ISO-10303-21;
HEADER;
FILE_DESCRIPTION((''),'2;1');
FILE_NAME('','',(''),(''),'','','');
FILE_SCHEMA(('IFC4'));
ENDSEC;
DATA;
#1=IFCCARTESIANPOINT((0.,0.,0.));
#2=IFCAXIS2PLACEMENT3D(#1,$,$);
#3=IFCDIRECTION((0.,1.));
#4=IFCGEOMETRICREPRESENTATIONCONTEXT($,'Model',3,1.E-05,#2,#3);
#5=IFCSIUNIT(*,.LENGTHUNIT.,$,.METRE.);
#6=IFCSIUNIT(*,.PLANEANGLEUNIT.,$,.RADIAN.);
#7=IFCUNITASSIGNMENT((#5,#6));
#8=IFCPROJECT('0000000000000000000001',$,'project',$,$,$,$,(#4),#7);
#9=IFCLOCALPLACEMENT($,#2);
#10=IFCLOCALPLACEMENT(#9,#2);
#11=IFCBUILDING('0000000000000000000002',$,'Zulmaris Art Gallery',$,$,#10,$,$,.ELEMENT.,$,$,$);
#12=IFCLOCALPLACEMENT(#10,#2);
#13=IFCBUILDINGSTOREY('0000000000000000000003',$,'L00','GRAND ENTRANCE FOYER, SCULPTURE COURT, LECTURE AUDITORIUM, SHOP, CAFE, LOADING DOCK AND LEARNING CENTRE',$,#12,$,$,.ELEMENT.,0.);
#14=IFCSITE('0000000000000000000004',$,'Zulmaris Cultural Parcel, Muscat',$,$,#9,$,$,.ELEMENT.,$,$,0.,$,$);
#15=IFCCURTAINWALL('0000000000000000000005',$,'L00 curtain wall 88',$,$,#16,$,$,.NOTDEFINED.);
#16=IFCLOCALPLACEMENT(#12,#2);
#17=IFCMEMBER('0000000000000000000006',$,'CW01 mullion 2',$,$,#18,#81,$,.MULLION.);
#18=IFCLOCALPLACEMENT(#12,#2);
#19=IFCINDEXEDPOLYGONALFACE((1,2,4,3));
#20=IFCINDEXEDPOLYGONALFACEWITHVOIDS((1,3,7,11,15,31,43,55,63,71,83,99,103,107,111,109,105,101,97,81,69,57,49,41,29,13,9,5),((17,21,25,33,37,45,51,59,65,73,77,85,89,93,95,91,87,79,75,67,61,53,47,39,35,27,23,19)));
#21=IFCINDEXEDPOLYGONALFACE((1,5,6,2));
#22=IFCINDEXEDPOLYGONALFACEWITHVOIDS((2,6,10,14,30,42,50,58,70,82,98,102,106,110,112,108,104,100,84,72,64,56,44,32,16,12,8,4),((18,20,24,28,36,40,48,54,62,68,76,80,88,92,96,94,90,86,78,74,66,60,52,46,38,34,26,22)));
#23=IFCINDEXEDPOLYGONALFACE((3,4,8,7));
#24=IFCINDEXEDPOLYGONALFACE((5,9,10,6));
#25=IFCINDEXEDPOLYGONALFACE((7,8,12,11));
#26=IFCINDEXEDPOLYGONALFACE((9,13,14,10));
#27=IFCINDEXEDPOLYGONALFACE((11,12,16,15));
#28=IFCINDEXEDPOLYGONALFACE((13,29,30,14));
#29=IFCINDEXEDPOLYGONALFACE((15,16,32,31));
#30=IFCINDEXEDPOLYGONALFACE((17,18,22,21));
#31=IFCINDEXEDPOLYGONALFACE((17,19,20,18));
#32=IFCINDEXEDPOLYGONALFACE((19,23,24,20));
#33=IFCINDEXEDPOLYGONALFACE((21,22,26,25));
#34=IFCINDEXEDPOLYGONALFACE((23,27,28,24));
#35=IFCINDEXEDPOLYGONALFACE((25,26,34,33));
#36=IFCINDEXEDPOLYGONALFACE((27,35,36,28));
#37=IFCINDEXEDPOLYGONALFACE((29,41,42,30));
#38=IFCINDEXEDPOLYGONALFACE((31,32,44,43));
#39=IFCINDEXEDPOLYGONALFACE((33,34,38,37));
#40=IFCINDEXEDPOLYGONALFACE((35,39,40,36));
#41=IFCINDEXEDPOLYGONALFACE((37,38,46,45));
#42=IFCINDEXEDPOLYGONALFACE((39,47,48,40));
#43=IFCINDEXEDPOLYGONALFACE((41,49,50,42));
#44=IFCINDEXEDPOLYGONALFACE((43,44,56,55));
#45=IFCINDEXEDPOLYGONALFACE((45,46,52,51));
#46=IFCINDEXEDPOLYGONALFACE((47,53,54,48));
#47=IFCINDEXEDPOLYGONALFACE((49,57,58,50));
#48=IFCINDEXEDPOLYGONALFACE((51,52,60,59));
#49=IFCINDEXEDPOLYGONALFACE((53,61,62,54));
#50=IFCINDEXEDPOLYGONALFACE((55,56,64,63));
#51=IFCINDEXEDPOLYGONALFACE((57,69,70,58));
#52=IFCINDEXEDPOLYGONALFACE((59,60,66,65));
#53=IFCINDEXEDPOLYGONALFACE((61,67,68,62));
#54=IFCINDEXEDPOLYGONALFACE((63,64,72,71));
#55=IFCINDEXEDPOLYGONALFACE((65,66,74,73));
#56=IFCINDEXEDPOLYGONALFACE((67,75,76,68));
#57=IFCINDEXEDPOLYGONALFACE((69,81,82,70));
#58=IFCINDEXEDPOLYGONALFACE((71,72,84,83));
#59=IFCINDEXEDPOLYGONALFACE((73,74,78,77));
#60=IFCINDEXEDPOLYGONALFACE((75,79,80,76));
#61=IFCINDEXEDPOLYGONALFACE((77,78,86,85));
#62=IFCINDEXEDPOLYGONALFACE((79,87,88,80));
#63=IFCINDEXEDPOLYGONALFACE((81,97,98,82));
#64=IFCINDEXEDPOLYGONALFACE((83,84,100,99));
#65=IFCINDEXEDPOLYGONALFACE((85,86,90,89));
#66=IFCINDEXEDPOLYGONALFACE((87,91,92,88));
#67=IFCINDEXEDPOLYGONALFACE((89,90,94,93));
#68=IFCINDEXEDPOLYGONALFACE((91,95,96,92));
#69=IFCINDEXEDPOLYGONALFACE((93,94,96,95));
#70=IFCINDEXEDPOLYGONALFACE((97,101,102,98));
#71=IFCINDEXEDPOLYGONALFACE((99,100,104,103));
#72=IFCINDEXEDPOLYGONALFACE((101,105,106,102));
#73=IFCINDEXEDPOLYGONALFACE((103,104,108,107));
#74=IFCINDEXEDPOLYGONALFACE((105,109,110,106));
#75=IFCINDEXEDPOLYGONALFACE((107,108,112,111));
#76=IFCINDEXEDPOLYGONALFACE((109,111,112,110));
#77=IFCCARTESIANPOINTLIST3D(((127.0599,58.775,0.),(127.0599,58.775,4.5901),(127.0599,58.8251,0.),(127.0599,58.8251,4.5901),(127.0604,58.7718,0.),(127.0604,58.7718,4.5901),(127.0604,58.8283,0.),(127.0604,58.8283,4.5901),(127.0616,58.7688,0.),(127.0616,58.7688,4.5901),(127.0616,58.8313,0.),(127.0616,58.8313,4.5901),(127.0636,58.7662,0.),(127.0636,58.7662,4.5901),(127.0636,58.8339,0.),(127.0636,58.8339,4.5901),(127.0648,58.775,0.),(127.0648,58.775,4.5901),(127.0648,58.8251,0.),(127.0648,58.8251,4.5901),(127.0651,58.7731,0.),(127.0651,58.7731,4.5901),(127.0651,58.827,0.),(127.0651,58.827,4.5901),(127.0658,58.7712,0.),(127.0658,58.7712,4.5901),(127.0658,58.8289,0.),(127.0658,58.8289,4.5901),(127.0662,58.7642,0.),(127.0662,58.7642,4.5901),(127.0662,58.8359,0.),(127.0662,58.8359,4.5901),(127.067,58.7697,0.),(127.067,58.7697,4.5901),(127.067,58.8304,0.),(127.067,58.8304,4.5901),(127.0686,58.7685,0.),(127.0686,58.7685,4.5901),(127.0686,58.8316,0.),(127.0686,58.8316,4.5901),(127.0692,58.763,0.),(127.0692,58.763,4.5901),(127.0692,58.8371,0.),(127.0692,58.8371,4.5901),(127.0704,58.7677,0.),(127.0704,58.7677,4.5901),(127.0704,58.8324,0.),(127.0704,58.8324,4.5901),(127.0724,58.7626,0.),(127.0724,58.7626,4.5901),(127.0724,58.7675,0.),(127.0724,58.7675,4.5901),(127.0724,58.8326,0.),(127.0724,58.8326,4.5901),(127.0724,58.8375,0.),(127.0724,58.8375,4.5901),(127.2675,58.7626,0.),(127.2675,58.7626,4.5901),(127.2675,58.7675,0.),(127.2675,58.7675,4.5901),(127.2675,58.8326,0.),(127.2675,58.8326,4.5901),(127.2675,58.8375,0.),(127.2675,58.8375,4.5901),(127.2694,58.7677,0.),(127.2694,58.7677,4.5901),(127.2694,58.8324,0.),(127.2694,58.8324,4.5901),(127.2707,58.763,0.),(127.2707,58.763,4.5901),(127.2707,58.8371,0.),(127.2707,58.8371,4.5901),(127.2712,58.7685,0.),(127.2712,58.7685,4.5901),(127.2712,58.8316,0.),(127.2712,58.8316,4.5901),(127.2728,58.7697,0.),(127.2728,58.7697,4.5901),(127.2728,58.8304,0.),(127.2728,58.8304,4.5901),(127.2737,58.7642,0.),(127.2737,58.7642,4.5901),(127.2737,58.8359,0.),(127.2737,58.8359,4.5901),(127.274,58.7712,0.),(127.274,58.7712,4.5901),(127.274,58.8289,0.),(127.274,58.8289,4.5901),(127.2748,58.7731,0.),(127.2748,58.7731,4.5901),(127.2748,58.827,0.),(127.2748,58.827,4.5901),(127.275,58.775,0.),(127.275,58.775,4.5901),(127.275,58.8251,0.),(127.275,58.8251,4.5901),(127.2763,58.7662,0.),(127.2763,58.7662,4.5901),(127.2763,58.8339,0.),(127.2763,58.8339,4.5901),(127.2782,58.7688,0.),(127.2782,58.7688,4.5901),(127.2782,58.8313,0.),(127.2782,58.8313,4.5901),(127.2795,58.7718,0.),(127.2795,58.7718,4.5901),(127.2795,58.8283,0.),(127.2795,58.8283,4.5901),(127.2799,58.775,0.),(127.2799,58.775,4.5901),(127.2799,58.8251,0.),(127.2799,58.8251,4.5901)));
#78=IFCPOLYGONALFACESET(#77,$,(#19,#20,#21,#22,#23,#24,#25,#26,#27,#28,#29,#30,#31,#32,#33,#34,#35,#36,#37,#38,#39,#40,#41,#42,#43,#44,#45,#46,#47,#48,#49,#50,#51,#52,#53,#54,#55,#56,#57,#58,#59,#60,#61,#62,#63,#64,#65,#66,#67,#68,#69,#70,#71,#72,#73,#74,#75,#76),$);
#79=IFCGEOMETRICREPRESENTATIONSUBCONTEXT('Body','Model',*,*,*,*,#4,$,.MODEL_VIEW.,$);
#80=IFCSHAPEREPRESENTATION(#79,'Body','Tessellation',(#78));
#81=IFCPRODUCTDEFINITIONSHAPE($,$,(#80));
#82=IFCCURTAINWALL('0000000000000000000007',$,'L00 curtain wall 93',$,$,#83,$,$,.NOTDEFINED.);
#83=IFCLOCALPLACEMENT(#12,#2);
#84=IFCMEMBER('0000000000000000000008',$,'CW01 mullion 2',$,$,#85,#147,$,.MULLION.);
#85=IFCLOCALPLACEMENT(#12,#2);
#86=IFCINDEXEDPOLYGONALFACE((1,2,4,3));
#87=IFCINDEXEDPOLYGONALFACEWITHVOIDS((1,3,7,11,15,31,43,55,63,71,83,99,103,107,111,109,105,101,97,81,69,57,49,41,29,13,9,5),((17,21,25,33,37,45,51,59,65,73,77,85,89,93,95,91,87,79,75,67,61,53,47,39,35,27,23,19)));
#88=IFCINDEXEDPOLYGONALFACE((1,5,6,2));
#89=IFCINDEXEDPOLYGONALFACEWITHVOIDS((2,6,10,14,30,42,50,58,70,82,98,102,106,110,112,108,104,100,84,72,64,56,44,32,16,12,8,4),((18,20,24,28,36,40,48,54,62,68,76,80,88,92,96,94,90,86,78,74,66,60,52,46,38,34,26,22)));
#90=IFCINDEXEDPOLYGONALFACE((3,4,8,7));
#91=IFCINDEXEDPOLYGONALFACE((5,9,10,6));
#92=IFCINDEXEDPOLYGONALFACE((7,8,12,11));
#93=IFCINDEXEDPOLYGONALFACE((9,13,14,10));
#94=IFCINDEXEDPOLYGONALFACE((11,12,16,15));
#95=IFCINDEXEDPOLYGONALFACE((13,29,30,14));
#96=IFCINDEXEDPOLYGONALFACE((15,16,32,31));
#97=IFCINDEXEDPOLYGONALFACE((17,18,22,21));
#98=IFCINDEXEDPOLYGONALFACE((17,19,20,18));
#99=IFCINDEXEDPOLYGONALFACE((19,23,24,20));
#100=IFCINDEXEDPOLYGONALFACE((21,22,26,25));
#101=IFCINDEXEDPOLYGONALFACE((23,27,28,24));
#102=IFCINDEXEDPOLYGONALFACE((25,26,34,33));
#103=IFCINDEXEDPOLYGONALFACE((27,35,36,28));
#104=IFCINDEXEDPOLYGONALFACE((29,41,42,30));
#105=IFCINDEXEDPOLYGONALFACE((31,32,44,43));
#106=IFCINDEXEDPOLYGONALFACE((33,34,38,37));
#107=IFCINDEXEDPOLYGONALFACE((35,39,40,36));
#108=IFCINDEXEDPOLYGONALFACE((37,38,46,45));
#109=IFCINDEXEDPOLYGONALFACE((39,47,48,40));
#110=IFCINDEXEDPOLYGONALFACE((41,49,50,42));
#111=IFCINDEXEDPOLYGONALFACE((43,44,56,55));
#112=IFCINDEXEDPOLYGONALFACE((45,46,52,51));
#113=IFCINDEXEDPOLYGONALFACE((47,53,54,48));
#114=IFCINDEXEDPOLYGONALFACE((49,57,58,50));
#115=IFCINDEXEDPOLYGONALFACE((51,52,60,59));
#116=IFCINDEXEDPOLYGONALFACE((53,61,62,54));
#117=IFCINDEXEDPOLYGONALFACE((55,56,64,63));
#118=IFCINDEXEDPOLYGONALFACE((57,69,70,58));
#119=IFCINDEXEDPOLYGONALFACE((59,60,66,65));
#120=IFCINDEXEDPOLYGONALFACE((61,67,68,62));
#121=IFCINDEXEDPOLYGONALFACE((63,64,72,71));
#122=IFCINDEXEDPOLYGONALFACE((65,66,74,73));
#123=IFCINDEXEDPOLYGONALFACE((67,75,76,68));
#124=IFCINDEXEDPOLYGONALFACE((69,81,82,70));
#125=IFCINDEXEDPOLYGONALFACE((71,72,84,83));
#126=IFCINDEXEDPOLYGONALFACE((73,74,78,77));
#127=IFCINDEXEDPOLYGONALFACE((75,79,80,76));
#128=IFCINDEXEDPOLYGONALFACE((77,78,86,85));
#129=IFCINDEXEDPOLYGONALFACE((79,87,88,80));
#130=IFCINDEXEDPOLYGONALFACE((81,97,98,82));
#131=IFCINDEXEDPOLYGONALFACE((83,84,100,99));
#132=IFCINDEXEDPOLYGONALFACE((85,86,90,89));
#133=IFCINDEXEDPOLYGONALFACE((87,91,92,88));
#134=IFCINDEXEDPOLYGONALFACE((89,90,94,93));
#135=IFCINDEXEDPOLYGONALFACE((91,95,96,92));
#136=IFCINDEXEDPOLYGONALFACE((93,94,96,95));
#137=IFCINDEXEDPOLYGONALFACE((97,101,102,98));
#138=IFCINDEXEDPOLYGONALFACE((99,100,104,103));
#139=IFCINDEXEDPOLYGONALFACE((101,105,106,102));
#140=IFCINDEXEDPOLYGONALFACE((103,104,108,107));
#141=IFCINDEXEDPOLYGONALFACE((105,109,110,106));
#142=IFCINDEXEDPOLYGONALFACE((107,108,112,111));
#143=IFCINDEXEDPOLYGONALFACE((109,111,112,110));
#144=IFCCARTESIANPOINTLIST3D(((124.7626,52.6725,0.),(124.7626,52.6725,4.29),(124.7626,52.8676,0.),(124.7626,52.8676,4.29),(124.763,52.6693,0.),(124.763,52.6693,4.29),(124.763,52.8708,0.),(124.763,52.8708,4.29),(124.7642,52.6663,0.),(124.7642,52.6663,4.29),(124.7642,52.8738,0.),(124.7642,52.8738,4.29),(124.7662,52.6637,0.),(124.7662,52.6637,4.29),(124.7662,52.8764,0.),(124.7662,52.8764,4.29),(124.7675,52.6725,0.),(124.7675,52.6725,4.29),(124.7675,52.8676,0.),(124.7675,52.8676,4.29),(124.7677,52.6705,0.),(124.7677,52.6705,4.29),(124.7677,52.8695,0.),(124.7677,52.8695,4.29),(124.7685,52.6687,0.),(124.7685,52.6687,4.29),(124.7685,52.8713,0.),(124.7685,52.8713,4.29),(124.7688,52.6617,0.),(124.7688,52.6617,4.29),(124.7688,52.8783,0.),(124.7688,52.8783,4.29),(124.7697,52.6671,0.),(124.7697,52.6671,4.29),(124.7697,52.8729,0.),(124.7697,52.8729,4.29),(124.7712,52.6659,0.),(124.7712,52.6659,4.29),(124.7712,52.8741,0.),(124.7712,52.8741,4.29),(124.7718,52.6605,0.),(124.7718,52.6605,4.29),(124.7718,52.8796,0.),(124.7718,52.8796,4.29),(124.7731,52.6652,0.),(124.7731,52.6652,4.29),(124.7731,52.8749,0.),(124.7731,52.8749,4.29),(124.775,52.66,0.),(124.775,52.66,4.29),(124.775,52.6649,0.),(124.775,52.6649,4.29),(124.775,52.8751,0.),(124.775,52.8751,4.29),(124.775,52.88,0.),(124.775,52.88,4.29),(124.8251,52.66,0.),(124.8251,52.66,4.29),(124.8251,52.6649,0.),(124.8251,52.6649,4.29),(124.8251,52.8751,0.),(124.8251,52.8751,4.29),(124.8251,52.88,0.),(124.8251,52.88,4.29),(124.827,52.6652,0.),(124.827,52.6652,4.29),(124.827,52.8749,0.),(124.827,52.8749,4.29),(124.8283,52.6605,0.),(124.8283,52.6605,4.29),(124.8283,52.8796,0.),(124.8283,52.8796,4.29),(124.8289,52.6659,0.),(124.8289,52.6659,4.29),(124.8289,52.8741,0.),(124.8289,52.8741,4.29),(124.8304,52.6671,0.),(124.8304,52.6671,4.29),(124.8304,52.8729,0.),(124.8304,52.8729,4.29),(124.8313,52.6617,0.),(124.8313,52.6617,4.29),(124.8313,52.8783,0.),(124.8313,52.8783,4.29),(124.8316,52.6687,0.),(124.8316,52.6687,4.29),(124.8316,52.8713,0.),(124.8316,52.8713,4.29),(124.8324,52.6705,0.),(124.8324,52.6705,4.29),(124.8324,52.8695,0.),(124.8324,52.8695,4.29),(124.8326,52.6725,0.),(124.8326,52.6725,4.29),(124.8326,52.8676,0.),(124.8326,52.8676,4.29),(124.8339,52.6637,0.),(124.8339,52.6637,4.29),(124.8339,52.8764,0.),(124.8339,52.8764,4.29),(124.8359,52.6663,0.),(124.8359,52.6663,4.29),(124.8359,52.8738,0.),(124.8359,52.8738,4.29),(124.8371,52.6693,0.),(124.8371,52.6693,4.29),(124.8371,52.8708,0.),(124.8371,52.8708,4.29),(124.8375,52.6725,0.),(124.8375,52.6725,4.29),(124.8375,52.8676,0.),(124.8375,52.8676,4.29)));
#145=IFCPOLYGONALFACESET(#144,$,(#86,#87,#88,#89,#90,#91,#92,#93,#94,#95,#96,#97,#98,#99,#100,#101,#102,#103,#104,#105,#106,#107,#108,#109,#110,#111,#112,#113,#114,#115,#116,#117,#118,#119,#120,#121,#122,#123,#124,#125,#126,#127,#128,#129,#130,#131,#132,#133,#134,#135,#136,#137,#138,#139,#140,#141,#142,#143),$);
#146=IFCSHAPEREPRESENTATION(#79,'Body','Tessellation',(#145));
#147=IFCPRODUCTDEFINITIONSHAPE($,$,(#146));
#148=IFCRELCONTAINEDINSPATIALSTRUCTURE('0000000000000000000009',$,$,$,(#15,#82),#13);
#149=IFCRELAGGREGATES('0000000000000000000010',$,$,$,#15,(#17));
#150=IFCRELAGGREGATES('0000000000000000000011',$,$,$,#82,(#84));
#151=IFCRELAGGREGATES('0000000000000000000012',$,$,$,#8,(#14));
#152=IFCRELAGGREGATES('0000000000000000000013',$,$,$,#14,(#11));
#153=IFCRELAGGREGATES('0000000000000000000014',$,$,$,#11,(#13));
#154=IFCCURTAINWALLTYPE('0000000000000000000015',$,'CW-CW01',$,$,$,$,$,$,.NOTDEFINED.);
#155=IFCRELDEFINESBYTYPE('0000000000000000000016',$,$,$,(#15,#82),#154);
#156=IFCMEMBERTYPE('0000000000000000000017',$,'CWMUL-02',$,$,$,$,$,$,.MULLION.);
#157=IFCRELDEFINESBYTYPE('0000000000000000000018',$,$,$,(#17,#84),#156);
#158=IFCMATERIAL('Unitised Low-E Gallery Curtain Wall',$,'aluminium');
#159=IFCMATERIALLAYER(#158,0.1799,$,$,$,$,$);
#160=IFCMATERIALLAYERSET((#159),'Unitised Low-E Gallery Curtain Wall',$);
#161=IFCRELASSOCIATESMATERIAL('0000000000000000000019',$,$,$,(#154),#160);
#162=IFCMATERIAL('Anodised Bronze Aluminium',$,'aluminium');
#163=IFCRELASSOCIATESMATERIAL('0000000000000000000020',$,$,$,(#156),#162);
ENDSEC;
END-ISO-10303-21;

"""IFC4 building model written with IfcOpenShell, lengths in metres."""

from ifc_helpers import new_model, si_unit, direction, frame, origin, origin_2d, place, context, subcontext, project, spatial, hollow_rectangle, extrude, material, layer, layer_set, material_profile, profile_set, type_object, element, aggregate, save


model = new_model("IFC4")

# Units and contexts
model_context = context("Model", 3, precision=1e-05, world=origin(), true_north=direction((0.0, 1.0)))
body_context = subcontext(model_context, "Body", "Model", "MODEL_VIEW")
ifc_project = project(units=[si_unit("LENGTHUNIT", "METRE"), si_unit("PLANEANGLEUNIT", "RADIAN")], contexts=[model_context])

# Site, building, storey
site_placement = place(None, origin())
site = spatial("IfcSite", under=ifc_project, at=site_placement, Name="Zulmaris Cultural Parcel, Muscat", CompositionType="ELEMENT", RefElevation=0.0)
building_placement = place(site_placement, origin())
building = spatial("IfcBuilding", under=site, at=building_placement, Name="Zulmaris Art Gallery", CompositionType="ELEMENT")
storey_placement = place(building_placement, origin())
storey = spatial("IfcBuildingStorey", under=building, at=storey_placement, Name="L00", Description="GRAND ENTRANCE FOYER, SCULPTURE COURT, LECTURE AUDITORIUM, SHOP, CAFE, LOADING DOCK AND LEARNING CENTRE", CompositionType="ELEMENT", Elevation=0.0)

# Curtain walls, members
ifc_material_1 = material(Name="Unitised Low-E Gallery Curtain Wall", Category="aluminium")
ifc_layer_1 = layer(ifc_material_1, 0.1799)
ifc_layer_set_1 = layer_set([ifc_layer_1], Name="Unitised Low-E Gallery Curtain Wall")
curtain_wall_type = type_object("IfcCurtainWallType", Name="CW-CW01", PredefinedType="NOTDEFINED", material=ifc_layer_set_1)
curtain_wall_1_placement = place(storey_placement, origin())
curtain_wall_1 = element("IfcCurtainWall", 1, at=curtain_wall_1_placement, inside=storey, type_object=curtain_wall_type, Name="L00 curtain wall 88", PredefinedType="NOTDEFINED")
ifc_material_2 = material(Name="Anodised Bronze Aluminium", Category="aluminium")
ifc_material_profile_1 = material_profile(ifc_material_2, hollow_rectangle(XDim=0.075, YDim=0.22, WallThickness=0.0049, InnerFilletRadius=0.0076, OuterFilletRadius=0.0125, at=origin_2d()), Name="ALU 75x220x5")
ifc_profile_set_1 = profile_set([ifc_material_profile_1], Name="Anodised Bronze Aluminium")
member_type_1 = type_object("IfcMemberType", Name="CWMUL-02", PredefinedType="MULLION", material=ifc_profile_set_1)
member_1_placement = place(storey_placement, frame((127.1699, 58.8, 0.0), z_axis=(0.0, 0.0, 1.0), x_axis=(0.0, 1.0, 0.0)))
member_1 = element("IfcMember", 2, at=member_1_placement, type_object=member_type_1, Name="CW01 mullion 2", PredefinedType="MULLION", context=body_context, shape_type="SweptSolid", body=[
    extrude(hollow_rectangle(XDim=0.075, YDim=0.22, WallThickness=0.0049, InnerFilletRadius=0.0076, OuterFilletRadius=0.0125, at=origin_2d()), origin(), (0.0, 0.0, 1.0), 4.5901),
])
curtain_wall_2_placement = place(storey_placement, origin())
curtain_wall_2 = element("IfcCurtainWall", 3, at=curtain_wall_2_placement, inside=storey, type_object=curtain_wall_type, Name="L00 curtain wall 93", PredefinedType="NOTDEFINED")
member_2_placement = place(storey_placement, frame((124.8, 52.77, 0.0), z_axis=(0.0, 0.0, 1.0), x_axis=(-1.0, 0.0, 0.0)))
member_2 = element("IfcMember", 4, at=member_2_placement, type_object=member_type_1, Name="CW01 mullion 2", PredefinedType="MULLION", context=body_context, shape_type="SweptSolid", body=[
    extrude(hollow_rectangle(XDim=0.075, YDim=0.22, WallThickness=0.0049, InnerFilletRadius=0.0076, OuterFilletRadius=0.0125, at=origin_2d()), origin(), (0.0, 0.0, 1.0), 4.29),
])

aggregate(curtain_wall_1, [member_1])
aggregate(curtain_wall_2, [member_2])

save(model, "model.ifc")
